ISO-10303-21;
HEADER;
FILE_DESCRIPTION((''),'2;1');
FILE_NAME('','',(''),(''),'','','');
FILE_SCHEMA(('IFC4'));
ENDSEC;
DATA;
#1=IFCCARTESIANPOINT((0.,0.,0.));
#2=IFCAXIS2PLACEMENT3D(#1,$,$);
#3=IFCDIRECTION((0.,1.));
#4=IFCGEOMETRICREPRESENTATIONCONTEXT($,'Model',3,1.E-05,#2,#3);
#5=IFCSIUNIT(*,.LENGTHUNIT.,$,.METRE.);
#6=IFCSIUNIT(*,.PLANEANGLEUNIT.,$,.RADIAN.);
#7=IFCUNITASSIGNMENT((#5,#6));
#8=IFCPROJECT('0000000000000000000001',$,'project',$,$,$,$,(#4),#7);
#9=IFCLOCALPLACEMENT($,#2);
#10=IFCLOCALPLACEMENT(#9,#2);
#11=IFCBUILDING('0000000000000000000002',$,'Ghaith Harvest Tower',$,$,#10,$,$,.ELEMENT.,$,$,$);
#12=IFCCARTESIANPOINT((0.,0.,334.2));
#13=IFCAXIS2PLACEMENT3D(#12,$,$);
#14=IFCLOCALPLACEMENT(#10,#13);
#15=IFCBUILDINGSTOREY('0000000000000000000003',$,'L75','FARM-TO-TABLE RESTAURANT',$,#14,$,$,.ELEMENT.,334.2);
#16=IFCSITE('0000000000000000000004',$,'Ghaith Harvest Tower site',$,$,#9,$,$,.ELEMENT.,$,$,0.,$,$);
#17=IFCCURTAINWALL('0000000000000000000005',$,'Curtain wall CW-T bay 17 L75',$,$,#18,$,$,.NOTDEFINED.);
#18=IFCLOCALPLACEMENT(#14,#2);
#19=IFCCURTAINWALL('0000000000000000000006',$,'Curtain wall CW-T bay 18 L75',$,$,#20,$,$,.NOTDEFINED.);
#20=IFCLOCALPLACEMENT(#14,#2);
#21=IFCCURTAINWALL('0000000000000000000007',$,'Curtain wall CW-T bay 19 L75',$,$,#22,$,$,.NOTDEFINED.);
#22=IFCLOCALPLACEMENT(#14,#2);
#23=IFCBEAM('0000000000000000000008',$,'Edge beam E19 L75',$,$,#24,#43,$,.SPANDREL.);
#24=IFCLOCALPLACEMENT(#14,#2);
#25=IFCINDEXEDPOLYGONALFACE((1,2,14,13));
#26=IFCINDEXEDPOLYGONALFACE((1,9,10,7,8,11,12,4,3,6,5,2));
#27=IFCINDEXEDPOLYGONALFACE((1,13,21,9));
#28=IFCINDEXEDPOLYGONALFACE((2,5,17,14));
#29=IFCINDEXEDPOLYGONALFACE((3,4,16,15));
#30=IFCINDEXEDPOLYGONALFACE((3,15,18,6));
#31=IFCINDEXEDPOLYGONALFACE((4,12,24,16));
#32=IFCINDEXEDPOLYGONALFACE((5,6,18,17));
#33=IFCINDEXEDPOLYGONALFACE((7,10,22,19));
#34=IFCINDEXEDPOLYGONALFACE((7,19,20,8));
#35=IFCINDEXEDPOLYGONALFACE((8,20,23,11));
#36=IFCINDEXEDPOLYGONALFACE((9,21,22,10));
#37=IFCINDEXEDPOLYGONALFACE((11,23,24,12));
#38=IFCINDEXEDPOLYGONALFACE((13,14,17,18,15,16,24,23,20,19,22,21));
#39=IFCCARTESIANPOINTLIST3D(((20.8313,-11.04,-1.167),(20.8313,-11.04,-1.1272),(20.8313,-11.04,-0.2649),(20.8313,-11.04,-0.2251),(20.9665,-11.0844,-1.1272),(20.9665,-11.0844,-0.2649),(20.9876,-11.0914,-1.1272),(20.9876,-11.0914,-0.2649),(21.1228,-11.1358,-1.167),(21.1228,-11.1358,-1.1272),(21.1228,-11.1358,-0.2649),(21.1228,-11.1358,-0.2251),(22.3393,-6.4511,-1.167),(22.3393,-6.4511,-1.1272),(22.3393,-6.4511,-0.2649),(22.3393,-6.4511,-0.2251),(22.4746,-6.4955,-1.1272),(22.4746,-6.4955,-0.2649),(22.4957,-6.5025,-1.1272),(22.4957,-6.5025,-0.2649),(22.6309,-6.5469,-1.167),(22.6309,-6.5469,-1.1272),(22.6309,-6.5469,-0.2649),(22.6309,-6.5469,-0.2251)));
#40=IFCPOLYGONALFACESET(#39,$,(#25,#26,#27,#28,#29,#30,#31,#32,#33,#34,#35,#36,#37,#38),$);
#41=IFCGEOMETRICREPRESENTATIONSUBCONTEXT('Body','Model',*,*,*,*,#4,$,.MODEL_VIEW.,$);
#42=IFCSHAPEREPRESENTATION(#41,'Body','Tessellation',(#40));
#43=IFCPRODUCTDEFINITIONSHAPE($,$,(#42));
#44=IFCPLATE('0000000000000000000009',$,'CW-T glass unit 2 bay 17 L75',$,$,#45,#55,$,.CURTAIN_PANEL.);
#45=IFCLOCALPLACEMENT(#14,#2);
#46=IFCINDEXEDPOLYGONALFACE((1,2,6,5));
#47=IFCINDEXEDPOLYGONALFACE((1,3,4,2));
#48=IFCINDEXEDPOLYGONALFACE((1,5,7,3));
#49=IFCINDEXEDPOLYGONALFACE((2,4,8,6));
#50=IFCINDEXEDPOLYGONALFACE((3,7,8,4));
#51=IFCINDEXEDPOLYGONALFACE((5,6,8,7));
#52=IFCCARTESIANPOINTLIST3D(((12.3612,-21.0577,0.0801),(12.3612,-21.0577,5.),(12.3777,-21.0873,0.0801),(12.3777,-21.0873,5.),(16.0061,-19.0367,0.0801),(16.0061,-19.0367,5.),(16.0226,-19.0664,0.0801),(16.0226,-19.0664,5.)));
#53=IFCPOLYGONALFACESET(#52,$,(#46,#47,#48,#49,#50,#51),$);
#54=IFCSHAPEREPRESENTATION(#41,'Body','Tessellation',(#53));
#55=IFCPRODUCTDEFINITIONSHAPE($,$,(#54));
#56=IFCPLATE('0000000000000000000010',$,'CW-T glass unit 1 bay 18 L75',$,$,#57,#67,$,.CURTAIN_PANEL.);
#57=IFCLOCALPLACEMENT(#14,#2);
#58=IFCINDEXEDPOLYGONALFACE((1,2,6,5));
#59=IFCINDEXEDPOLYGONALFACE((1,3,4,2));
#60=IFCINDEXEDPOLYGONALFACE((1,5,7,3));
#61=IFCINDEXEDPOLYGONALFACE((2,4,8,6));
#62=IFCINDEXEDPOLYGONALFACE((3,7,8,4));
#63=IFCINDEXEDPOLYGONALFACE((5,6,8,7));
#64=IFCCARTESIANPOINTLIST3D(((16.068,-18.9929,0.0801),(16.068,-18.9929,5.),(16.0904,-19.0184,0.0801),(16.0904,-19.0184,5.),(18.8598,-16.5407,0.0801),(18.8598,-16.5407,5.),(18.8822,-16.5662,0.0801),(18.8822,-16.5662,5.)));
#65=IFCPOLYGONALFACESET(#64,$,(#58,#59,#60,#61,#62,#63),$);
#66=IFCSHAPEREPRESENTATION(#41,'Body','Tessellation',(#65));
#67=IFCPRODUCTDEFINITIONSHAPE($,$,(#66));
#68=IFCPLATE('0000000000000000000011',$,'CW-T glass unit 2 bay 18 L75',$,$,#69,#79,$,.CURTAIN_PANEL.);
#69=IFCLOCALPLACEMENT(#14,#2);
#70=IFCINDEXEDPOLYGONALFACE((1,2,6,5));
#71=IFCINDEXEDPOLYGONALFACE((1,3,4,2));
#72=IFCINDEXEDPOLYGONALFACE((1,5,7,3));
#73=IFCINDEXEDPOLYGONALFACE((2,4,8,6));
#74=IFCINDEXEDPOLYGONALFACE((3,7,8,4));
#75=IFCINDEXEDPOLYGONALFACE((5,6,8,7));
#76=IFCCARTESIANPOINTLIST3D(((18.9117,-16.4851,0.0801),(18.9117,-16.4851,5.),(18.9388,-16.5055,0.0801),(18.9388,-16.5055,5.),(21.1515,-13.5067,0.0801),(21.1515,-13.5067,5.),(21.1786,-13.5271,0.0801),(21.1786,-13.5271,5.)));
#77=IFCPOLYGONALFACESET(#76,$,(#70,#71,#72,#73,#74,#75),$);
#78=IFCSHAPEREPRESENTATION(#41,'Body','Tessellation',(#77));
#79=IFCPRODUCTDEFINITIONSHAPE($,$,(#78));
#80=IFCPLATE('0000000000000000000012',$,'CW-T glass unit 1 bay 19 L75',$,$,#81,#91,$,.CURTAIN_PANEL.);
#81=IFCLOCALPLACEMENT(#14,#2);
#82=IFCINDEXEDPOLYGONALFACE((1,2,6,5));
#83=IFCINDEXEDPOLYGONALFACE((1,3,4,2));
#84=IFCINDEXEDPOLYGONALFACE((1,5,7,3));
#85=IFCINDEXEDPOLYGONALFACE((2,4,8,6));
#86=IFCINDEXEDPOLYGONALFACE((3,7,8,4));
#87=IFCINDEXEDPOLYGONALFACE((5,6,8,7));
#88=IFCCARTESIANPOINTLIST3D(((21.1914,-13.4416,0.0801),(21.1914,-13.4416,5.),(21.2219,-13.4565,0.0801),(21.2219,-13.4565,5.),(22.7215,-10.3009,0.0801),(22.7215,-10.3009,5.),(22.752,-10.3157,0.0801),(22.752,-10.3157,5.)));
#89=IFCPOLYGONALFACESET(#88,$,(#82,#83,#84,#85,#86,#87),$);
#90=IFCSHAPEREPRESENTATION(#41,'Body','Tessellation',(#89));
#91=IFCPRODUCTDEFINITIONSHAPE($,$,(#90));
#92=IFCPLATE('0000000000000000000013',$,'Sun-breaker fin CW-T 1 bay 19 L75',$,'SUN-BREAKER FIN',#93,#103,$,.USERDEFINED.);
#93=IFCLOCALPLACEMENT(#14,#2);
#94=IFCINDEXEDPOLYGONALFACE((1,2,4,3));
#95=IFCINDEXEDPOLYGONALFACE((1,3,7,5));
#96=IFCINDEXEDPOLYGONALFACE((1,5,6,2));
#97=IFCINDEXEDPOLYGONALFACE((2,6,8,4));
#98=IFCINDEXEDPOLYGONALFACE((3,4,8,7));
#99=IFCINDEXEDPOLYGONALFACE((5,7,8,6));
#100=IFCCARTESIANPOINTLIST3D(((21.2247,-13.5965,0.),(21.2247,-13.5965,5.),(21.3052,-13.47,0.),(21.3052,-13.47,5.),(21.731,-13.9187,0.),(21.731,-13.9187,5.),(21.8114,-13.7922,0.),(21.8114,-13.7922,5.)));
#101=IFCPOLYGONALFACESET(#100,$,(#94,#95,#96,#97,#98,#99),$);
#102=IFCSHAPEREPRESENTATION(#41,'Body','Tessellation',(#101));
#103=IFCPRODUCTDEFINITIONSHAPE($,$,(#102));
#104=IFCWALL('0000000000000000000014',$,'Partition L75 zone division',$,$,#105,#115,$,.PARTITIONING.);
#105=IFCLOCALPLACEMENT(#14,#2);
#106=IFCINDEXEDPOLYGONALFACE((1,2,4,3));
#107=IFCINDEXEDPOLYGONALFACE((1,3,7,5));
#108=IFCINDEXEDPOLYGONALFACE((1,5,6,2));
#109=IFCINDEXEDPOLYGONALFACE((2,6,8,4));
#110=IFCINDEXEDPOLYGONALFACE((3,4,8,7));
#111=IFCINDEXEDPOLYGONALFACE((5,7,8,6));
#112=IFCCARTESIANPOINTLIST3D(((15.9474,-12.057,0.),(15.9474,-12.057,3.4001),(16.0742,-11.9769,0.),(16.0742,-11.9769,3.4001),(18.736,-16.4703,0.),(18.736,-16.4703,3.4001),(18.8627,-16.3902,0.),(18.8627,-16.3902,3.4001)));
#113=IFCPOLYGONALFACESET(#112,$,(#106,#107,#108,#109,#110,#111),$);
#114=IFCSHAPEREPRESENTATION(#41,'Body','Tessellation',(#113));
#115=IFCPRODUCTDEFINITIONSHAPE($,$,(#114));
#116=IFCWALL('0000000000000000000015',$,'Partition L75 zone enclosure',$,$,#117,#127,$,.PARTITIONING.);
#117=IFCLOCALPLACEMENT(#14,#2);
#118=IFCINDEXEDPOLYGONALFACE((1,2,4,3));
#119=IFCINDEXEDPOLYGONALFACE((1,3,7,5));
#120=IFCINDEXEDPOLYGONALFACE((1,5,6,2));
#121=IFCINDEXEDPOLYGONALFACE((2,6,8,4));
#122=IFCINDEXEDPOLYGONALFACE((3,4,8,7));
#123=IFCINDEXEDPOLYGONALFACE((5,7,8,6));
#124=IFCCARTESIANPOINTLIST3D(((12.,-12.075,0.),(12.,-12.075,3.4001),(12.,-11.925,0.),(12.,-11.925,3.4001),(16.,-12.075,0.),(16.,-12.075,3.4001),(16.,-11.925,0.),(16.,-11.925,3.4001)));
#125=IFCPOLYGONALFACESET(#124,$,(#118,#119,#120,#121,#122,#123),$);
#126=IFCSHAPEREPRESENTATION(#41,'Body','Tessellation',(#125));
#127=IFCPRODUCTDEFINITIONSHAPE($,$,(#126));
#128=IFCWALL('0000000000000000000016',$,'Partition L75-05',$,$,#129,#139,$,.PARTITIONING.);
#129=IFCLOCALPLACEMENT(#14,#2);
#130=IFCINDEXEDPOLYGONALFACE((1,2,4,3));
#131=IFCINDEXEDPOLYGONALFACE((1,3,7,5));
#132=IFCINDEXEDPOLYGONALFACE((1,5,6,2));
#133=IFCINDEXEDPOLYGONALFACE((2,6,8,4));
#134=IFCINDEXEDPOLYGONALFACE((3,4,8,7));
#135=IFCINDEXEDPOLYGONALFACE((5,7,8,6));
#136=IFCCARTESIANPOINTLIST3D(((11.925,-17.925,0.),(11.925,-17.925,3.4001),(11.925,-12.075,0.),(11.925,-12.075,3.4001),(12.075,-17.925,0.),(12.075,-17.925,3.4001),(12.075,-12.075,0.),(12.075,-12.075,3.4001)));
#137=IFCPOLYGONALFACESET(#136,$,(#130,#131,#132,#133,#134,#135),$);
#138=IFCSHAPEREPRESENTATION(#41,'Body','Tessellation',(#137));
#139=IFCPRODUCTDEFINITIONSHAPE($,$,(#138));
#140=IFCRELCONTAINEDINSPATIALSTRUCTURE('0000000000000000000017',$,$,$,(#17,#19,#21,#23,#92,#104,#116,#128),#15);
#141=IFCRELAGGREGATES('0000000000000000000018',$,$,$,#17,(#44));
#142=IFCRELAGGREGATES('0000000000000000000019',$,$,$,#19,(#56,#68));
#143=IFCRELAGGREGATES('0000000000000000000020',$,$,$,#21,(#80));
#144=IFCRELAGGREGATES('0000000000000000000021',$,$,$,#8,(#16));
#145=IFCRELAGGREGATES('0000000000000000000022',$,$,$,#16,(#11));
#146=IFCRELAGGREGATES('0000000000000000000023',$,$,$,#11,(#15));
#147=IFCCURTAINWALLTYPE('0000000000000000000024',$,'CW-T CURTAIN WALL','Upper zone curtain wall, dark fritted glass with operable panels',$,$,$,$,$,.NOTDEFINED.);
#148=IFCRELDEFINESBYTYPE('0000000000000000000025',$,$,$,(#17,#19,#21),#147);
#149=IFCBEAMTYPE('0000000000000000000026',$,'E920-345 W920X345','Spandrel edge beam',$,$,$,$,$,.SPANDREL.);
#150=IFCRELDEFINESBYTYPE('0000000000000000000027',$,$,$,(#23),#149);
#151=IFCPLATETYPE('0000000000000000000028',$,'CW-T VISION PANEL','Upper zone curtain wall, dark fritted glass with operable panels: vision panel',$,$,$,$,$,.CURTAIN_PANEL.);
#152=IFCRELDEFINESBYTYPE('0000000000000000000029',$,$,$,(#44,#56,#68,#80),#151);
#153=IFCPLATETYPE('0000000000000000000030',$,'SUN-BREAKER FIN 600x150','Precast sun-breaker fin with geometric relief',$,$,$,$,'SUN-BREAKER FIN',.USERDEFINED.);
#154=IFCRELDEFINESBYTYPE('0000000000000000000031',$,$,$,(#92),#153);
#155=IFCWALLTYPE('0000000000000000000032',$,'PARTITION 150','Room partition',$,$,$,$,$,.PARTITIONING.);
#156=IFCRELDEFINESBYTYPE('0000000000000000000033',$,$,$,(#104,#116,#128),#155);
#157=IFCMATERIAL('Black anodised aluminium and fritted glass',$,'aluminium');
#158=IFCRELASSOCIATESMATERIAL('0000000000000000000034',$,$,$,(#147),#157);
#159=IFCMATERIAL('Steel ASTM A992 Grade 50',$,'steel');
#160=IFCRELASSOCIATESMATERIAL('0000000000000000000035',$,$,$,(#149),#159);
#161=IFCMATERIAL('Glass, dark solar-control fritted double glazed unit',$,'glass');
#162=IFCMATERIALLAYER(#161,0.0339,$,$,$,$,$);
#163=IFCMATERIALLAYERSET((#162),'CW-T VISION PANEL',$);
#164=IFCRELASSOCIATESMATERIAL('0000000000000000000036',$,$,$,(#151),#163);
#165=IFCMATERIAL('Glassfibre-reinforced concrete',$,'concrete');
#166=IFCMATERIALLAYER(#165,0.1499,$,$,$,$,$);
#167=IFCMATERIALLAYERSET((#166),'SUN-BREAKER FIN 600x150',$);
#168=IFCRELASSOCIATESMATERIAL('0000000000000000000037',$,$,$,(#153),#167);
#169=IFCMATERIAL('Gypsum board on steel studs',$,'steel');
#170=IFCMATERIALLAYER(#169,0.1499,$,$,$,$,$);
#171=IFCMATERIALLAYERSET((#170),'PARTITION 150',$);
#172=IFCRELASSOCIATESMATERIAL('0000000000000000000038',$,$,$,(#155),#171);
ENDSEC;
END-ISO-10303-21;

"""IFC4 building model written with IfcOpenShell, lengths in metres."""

from ifc_helpers import new_model, si_unit, direction, frame, frame_2d, origin, origin_2d, place, context, subcontext, project, spatial, rectangle, i_section, extrude, material, layer, layer_set, material_profile, profile_set, type_object, element, aggregate, save


model = new_model("IFC4")

# Units and contexts
model_context = context("Model", 3, precision=1e-05, world=origin(), true_north=direction((0.0, 1.0)))
body_context = subcontext(model_context, "Body", "Model", "MODEL_VIEW")
ifc_project = project(units=[si_unit("LENGTHUNIT", "METRE"), si_unit("PLANEANGLEUNIT", "RADIAN")], contexts=[model_context])

# Site, building, storey
site_placement = place(None, origin())
site = spatial("IfcSite", under=ifc_project, at=site_placement, Name="Ghaith Harvest Tower site", CompositionType="ELEMENT", RefElevation=0.0)
building_placement = place(site_placement, origin())
building = spatial("IfcBuilding", under=site, at=building_placement, Name="Ghaith Harvest Tower", CompositionType="ELEMENT")
storey_placement = place(building_placement, frame((0.0, 0.0, 334.2)))
storey = spatial("IfcBuildingStorey", under=building, at=storey_placement, Name="L75", Description="FARM-TO-TABLE RESTAURANT", CompositionType="ELEMENT", Elevation=334.2)

# Curtain wall
ifc_material_1 = material(Name="Black anodised aluminium and fritted glass", Category="aluminium")
curtain_wall_type = type_object("IfcCurtainWallType", Name="CW-T CURTAIN WALL", Description="Upper zone curtain wall, dark fritted glass with operable panels", PredefinedType="NOTDEFINED", material=ifc_material_1)
curtain_wall_1_placement = place(storey_placement, origin())
curtain_wall_1 = element("IfcCurtainWall", 1, at=curtain_wall_1_placement, inside=storey, type_object=curtain_wall_type, Name="Curtain wall CW-T bay 17 L75", PredefinedType="NOTDEFINED")

# Curtain walls
curtain_wall_2_placement = place(storey_placement, origin())
curtain_wall_2 = element("IfcCurtainWall", 2, at=curtain_wall_2_placement, inside=storey, type_object=curtain_wall_type, Name="Curtain wall CW-T bay 18 L75", PredefinedType="NOTDEFINED")
curtain_wall_3_placement = place(storey_placement, origin())
curtain_wall_3 = element("IfcCurtainWall", 3, at=curtain_wall_3_placement, inside=storey, type_object=curtain_wall_type, Name="Curtain wall CW-T bay 19 L75", PredefinedType="NOTDEFINED")

# Beam
ifc_material_2 = material(Name="Steel ASTM A992 Grade 50", Category="steel")
ifc_material_profile_1 = material_profile(ifc_material_2, i_section(OverallWidth=0.3069, OverallDepth=0.9419, WebThickness=0.0222, FlangeThickness=0.0398, at=origin_2d()), Name="W920X345")
ifc_profile_set_1 = profile_set([ifc_material_profile_1], Name="Steel ASTM A992 Grade 50")
beam_type = type_object("IfcBeamType", Name="E920-345 W920X345", Description="Spandrel edge beam", PredefinedType="SPANDREL", material=ifc_profile_set_1)
beam_1_placement = place(storey_placement, frame((20.9771, -11.0879, -0.696), z_axis=(0.312207, 0.950014, 0.0), x_axis=(-0.950014, 0.312207, 0.0)))
element("IfcBeam", 4, at=beam_1_placement, inside=storey, type_object=beam_type, Name="Edge beam E19 L75", PredefinedType="SPANDREL", context=body_context, shape_type="SweptSolid", body=[
    extrude(i_section(OverallWidth=0.3069, OverallDepth=0.9419, WebThickness=0.0222, FlangeThickness=0.0398, at=origin_2d()), origin(), (0.0, 0.0, 1.0), 4.8303),
])

# Plates
ifc_material_3 = material(Name="Glass, dark solar-control fritted double glazed unit", Category="glass")
ifc_layer_1 = layer(ifc_material_3, 0.0339)
ifc_layer_set_1 = layer_set([ifc_layer_1], Name="CW-T VISION PANEL")
plate_type_1 = type_object("IfcPlateType", Name="CW-T VISION PANEL", Description="Upper zone curtain wall, dark fritted glass with operable panels: vision panel", PredefinedType="CURTAIN_PANEL", material=ifc_layer_set_1)
plate_1_placement = place(storey_placement, frame((14.1919, -20.062, 0.0801), z_axis=(0.0, 0.0, 1.0), x_axis=(0.874564, 0.48491, 0.0)))
plate_1 = element("IfcPlate", 5, at=plate_1_placement, type_object=plate_type_1, Name="CW-T glass unit 2 bay 17 L75", PredefinedType="CURTAIN_PANEL", context=body_context, shape_type="SweptSolid", body=[
    extrude(rectangle(XDim=4.1677, YDim=0.0339, at=origin_2d()), origin(), (0.0, 0.0, 1.0), 4.9199),
])
aggregate(curtain_wall_1, [plate_1])
plate_2_placement = place(storey_placement, frame((17.4751, -17.7795, 0.0801), z_axis=(0.0, 0.0, 1.0), x_axis=(0.751335, 0.659922, 0.0)))
plate_2 = element("IfcPlate", 6, at=plate_2_placement, type_object=plate_type_1, Name="CW-T glass unit 1 bay 18 L75", PredefinedType="CURTAIN_PANEL", context=body_context, shape_type="SweptSolid", body=[
    extrude(rectangle(XDim=3.7158, YDim=0.0339, at=origin_2d()), origin(), (0.0, 0.0, 1.0), 4.9199),
])
plate_3_placement = place(storey_placement, frame((20.0452, -15.0061, 0.0801), z_axis=(0.0, 0.0, 1.0), x_axis=(0.601048, 0.799213, 0.0)))
plate_3 = element("IfcPlate", 7, at=plate_3_placement, type_object=plate_type_1, Name="CW-T glass unit 2 bay 18 L75", PredefinedType="CURTAIN_PANEL", context=body_context, shape_type="SweptSolid", body=[
    extrude(rectangle(XDim=3.7266, YDim=0.0339, at=origin_2d()), origin(), (0.0, 0.0, 1.0), 4.9199),
])
aggregate(curtain_wall_2, [plate_2, plate_3])
plate_4_placement = place(storey_placement, frame((21.9717, -11.8787, 0.0801), z_axis=(0.0, 0.0, 1.0), x_axis=(0.437968, 0.89899, 0.0)))
plate_4 = element("IfcPlate", 8, at=plate_4_placement, type_object=plate_type_1, Name="CW-T glass unit 1 bay 19 L75", PredefinedType="CURTAIN_PANEL", context=body_context, shape_type="SweptSolid", body=[
    extrude(rectangle(XDim=3.4937, YDim=0.0339, at=origin_2d()), origin(), (0.0, 0.0, 1.0), 4.9199),
])
aggregate(curtain_wall_3, [plate_4])
ifc_material_4 = material(Name="Glassfibre-reinforced concrete", Category="concrete")
ifc_layer_2 = layer(ifc_material_4, 0.1499)
ifc_layer_set_2 = layer_set([ifc_layer_2], Name="SUN-BREAKER FIN 600x150")
plate_type_2 = type_object("IfcPlateType", Name="SUN-BREAKER FIN 600x150", Description="Precast sun-breaker fin with geometric relief", ElementType="SUN-BREAKER FIN", PredefinedType="USERDEFINED", material=ifc_layer_set_2)
plate_5_placement = place(storey_placement, frame((21.5181, -13.6943, 0.0), z_axis=(0.0, 0.0, 1.0), x_axis=(0.843644, -0.536903, 0.0)))
element("IfcPlate", 9, at=plate_5_placement, inside=storey, type_object=plate_type_2, Name="Sun-breaker fin CW-T 1 bay 19 L75", ObjectType="SUN-BREAKER FIN", PredefinedType="USERDEFINED", context=body_context, shape_type="SweptSolid", body=[
    extrude(rectangle(XDim=0.6001, YDim=0.1499, at=origin_2d()), origin(), (0.0, 0.0, 1.0), 5.0),
])

# Walls
ifc_material_5 = material(Name="Gypsum board on steel studs", Category="steel")
ifc_layer_3 = layer(ifc_material_5, 0.1499)
ifc_layer_set_3 = layer_set([ifc_layer_3], Name="PARTITION 150")
wall_type = type_object("IfcWallType", Name="PARTITION 150", Description="Room partition", PredefinedType="PARTITIONING", material=ifc_layer_set_3)
wall_1_placement = place(storey_placement, frame((16.0107, -12.0168, 0.0), z_axis=(0.0, 0.0, 1.0), x_axis=(0.534158, -0.845384, 0.0)))
element("IfcWall", 10, at=wall_1_placement, inside=storey, type_object=wall_type, Name="Partition L75 zone division", PredefinedType="PARTITIONING", context=body_context, shape_type="SweptSolid", body=[
    extrude(rectangle(XDim=5.2205, YDim=0.1499, at=frame_2d((2.6104, 0.0))), origin(), (0.0, 0.0, 1.0), 3.4001),
])
wall_2_placement = place(storey_placement, frame((12.0, -12.0, 0.0), z_axis=(0.0, 0.0, 1.0), x_axis=(1.0, 0.0, 0.0)))
element("IfcWall", 11, at=wall_2_placement, inside=storey, type_object=wall_type, Name="Partition L75 zone enclosure", PredefinedType="PARTITIONING", context=body_context, shape_type="SweptSolid", body=[
    extrude(rectangle(XDim=4.0, YDim=0.1499, at=frame_2d((2.0, 0.0))), origin(), (0.0, 0.0, 1.0), 3.4001),
])
wall_3_placement = place(storey_placement, frame((12.0, -17.925, 0.0), z_axis=(0.0, 0.0, 1.0), x_axis=(0.0, 1.0, 0.0)))
element("IfcWall", 12, at=wall_3_placement, inside=storey, type_object=wall_type, Name="Partition L75-05", PredefinedType="PARTITIONING", context=body_context, shape_type="SweptSolid", body=[
    extrude(rectangle(XDim=5.8501, YDim=0.1499, at=frame_2d((2.925, 0.0))), origin(), (0.0, 0.0, 1.0), 3.4001),
])

save(model, "model.ifc")
